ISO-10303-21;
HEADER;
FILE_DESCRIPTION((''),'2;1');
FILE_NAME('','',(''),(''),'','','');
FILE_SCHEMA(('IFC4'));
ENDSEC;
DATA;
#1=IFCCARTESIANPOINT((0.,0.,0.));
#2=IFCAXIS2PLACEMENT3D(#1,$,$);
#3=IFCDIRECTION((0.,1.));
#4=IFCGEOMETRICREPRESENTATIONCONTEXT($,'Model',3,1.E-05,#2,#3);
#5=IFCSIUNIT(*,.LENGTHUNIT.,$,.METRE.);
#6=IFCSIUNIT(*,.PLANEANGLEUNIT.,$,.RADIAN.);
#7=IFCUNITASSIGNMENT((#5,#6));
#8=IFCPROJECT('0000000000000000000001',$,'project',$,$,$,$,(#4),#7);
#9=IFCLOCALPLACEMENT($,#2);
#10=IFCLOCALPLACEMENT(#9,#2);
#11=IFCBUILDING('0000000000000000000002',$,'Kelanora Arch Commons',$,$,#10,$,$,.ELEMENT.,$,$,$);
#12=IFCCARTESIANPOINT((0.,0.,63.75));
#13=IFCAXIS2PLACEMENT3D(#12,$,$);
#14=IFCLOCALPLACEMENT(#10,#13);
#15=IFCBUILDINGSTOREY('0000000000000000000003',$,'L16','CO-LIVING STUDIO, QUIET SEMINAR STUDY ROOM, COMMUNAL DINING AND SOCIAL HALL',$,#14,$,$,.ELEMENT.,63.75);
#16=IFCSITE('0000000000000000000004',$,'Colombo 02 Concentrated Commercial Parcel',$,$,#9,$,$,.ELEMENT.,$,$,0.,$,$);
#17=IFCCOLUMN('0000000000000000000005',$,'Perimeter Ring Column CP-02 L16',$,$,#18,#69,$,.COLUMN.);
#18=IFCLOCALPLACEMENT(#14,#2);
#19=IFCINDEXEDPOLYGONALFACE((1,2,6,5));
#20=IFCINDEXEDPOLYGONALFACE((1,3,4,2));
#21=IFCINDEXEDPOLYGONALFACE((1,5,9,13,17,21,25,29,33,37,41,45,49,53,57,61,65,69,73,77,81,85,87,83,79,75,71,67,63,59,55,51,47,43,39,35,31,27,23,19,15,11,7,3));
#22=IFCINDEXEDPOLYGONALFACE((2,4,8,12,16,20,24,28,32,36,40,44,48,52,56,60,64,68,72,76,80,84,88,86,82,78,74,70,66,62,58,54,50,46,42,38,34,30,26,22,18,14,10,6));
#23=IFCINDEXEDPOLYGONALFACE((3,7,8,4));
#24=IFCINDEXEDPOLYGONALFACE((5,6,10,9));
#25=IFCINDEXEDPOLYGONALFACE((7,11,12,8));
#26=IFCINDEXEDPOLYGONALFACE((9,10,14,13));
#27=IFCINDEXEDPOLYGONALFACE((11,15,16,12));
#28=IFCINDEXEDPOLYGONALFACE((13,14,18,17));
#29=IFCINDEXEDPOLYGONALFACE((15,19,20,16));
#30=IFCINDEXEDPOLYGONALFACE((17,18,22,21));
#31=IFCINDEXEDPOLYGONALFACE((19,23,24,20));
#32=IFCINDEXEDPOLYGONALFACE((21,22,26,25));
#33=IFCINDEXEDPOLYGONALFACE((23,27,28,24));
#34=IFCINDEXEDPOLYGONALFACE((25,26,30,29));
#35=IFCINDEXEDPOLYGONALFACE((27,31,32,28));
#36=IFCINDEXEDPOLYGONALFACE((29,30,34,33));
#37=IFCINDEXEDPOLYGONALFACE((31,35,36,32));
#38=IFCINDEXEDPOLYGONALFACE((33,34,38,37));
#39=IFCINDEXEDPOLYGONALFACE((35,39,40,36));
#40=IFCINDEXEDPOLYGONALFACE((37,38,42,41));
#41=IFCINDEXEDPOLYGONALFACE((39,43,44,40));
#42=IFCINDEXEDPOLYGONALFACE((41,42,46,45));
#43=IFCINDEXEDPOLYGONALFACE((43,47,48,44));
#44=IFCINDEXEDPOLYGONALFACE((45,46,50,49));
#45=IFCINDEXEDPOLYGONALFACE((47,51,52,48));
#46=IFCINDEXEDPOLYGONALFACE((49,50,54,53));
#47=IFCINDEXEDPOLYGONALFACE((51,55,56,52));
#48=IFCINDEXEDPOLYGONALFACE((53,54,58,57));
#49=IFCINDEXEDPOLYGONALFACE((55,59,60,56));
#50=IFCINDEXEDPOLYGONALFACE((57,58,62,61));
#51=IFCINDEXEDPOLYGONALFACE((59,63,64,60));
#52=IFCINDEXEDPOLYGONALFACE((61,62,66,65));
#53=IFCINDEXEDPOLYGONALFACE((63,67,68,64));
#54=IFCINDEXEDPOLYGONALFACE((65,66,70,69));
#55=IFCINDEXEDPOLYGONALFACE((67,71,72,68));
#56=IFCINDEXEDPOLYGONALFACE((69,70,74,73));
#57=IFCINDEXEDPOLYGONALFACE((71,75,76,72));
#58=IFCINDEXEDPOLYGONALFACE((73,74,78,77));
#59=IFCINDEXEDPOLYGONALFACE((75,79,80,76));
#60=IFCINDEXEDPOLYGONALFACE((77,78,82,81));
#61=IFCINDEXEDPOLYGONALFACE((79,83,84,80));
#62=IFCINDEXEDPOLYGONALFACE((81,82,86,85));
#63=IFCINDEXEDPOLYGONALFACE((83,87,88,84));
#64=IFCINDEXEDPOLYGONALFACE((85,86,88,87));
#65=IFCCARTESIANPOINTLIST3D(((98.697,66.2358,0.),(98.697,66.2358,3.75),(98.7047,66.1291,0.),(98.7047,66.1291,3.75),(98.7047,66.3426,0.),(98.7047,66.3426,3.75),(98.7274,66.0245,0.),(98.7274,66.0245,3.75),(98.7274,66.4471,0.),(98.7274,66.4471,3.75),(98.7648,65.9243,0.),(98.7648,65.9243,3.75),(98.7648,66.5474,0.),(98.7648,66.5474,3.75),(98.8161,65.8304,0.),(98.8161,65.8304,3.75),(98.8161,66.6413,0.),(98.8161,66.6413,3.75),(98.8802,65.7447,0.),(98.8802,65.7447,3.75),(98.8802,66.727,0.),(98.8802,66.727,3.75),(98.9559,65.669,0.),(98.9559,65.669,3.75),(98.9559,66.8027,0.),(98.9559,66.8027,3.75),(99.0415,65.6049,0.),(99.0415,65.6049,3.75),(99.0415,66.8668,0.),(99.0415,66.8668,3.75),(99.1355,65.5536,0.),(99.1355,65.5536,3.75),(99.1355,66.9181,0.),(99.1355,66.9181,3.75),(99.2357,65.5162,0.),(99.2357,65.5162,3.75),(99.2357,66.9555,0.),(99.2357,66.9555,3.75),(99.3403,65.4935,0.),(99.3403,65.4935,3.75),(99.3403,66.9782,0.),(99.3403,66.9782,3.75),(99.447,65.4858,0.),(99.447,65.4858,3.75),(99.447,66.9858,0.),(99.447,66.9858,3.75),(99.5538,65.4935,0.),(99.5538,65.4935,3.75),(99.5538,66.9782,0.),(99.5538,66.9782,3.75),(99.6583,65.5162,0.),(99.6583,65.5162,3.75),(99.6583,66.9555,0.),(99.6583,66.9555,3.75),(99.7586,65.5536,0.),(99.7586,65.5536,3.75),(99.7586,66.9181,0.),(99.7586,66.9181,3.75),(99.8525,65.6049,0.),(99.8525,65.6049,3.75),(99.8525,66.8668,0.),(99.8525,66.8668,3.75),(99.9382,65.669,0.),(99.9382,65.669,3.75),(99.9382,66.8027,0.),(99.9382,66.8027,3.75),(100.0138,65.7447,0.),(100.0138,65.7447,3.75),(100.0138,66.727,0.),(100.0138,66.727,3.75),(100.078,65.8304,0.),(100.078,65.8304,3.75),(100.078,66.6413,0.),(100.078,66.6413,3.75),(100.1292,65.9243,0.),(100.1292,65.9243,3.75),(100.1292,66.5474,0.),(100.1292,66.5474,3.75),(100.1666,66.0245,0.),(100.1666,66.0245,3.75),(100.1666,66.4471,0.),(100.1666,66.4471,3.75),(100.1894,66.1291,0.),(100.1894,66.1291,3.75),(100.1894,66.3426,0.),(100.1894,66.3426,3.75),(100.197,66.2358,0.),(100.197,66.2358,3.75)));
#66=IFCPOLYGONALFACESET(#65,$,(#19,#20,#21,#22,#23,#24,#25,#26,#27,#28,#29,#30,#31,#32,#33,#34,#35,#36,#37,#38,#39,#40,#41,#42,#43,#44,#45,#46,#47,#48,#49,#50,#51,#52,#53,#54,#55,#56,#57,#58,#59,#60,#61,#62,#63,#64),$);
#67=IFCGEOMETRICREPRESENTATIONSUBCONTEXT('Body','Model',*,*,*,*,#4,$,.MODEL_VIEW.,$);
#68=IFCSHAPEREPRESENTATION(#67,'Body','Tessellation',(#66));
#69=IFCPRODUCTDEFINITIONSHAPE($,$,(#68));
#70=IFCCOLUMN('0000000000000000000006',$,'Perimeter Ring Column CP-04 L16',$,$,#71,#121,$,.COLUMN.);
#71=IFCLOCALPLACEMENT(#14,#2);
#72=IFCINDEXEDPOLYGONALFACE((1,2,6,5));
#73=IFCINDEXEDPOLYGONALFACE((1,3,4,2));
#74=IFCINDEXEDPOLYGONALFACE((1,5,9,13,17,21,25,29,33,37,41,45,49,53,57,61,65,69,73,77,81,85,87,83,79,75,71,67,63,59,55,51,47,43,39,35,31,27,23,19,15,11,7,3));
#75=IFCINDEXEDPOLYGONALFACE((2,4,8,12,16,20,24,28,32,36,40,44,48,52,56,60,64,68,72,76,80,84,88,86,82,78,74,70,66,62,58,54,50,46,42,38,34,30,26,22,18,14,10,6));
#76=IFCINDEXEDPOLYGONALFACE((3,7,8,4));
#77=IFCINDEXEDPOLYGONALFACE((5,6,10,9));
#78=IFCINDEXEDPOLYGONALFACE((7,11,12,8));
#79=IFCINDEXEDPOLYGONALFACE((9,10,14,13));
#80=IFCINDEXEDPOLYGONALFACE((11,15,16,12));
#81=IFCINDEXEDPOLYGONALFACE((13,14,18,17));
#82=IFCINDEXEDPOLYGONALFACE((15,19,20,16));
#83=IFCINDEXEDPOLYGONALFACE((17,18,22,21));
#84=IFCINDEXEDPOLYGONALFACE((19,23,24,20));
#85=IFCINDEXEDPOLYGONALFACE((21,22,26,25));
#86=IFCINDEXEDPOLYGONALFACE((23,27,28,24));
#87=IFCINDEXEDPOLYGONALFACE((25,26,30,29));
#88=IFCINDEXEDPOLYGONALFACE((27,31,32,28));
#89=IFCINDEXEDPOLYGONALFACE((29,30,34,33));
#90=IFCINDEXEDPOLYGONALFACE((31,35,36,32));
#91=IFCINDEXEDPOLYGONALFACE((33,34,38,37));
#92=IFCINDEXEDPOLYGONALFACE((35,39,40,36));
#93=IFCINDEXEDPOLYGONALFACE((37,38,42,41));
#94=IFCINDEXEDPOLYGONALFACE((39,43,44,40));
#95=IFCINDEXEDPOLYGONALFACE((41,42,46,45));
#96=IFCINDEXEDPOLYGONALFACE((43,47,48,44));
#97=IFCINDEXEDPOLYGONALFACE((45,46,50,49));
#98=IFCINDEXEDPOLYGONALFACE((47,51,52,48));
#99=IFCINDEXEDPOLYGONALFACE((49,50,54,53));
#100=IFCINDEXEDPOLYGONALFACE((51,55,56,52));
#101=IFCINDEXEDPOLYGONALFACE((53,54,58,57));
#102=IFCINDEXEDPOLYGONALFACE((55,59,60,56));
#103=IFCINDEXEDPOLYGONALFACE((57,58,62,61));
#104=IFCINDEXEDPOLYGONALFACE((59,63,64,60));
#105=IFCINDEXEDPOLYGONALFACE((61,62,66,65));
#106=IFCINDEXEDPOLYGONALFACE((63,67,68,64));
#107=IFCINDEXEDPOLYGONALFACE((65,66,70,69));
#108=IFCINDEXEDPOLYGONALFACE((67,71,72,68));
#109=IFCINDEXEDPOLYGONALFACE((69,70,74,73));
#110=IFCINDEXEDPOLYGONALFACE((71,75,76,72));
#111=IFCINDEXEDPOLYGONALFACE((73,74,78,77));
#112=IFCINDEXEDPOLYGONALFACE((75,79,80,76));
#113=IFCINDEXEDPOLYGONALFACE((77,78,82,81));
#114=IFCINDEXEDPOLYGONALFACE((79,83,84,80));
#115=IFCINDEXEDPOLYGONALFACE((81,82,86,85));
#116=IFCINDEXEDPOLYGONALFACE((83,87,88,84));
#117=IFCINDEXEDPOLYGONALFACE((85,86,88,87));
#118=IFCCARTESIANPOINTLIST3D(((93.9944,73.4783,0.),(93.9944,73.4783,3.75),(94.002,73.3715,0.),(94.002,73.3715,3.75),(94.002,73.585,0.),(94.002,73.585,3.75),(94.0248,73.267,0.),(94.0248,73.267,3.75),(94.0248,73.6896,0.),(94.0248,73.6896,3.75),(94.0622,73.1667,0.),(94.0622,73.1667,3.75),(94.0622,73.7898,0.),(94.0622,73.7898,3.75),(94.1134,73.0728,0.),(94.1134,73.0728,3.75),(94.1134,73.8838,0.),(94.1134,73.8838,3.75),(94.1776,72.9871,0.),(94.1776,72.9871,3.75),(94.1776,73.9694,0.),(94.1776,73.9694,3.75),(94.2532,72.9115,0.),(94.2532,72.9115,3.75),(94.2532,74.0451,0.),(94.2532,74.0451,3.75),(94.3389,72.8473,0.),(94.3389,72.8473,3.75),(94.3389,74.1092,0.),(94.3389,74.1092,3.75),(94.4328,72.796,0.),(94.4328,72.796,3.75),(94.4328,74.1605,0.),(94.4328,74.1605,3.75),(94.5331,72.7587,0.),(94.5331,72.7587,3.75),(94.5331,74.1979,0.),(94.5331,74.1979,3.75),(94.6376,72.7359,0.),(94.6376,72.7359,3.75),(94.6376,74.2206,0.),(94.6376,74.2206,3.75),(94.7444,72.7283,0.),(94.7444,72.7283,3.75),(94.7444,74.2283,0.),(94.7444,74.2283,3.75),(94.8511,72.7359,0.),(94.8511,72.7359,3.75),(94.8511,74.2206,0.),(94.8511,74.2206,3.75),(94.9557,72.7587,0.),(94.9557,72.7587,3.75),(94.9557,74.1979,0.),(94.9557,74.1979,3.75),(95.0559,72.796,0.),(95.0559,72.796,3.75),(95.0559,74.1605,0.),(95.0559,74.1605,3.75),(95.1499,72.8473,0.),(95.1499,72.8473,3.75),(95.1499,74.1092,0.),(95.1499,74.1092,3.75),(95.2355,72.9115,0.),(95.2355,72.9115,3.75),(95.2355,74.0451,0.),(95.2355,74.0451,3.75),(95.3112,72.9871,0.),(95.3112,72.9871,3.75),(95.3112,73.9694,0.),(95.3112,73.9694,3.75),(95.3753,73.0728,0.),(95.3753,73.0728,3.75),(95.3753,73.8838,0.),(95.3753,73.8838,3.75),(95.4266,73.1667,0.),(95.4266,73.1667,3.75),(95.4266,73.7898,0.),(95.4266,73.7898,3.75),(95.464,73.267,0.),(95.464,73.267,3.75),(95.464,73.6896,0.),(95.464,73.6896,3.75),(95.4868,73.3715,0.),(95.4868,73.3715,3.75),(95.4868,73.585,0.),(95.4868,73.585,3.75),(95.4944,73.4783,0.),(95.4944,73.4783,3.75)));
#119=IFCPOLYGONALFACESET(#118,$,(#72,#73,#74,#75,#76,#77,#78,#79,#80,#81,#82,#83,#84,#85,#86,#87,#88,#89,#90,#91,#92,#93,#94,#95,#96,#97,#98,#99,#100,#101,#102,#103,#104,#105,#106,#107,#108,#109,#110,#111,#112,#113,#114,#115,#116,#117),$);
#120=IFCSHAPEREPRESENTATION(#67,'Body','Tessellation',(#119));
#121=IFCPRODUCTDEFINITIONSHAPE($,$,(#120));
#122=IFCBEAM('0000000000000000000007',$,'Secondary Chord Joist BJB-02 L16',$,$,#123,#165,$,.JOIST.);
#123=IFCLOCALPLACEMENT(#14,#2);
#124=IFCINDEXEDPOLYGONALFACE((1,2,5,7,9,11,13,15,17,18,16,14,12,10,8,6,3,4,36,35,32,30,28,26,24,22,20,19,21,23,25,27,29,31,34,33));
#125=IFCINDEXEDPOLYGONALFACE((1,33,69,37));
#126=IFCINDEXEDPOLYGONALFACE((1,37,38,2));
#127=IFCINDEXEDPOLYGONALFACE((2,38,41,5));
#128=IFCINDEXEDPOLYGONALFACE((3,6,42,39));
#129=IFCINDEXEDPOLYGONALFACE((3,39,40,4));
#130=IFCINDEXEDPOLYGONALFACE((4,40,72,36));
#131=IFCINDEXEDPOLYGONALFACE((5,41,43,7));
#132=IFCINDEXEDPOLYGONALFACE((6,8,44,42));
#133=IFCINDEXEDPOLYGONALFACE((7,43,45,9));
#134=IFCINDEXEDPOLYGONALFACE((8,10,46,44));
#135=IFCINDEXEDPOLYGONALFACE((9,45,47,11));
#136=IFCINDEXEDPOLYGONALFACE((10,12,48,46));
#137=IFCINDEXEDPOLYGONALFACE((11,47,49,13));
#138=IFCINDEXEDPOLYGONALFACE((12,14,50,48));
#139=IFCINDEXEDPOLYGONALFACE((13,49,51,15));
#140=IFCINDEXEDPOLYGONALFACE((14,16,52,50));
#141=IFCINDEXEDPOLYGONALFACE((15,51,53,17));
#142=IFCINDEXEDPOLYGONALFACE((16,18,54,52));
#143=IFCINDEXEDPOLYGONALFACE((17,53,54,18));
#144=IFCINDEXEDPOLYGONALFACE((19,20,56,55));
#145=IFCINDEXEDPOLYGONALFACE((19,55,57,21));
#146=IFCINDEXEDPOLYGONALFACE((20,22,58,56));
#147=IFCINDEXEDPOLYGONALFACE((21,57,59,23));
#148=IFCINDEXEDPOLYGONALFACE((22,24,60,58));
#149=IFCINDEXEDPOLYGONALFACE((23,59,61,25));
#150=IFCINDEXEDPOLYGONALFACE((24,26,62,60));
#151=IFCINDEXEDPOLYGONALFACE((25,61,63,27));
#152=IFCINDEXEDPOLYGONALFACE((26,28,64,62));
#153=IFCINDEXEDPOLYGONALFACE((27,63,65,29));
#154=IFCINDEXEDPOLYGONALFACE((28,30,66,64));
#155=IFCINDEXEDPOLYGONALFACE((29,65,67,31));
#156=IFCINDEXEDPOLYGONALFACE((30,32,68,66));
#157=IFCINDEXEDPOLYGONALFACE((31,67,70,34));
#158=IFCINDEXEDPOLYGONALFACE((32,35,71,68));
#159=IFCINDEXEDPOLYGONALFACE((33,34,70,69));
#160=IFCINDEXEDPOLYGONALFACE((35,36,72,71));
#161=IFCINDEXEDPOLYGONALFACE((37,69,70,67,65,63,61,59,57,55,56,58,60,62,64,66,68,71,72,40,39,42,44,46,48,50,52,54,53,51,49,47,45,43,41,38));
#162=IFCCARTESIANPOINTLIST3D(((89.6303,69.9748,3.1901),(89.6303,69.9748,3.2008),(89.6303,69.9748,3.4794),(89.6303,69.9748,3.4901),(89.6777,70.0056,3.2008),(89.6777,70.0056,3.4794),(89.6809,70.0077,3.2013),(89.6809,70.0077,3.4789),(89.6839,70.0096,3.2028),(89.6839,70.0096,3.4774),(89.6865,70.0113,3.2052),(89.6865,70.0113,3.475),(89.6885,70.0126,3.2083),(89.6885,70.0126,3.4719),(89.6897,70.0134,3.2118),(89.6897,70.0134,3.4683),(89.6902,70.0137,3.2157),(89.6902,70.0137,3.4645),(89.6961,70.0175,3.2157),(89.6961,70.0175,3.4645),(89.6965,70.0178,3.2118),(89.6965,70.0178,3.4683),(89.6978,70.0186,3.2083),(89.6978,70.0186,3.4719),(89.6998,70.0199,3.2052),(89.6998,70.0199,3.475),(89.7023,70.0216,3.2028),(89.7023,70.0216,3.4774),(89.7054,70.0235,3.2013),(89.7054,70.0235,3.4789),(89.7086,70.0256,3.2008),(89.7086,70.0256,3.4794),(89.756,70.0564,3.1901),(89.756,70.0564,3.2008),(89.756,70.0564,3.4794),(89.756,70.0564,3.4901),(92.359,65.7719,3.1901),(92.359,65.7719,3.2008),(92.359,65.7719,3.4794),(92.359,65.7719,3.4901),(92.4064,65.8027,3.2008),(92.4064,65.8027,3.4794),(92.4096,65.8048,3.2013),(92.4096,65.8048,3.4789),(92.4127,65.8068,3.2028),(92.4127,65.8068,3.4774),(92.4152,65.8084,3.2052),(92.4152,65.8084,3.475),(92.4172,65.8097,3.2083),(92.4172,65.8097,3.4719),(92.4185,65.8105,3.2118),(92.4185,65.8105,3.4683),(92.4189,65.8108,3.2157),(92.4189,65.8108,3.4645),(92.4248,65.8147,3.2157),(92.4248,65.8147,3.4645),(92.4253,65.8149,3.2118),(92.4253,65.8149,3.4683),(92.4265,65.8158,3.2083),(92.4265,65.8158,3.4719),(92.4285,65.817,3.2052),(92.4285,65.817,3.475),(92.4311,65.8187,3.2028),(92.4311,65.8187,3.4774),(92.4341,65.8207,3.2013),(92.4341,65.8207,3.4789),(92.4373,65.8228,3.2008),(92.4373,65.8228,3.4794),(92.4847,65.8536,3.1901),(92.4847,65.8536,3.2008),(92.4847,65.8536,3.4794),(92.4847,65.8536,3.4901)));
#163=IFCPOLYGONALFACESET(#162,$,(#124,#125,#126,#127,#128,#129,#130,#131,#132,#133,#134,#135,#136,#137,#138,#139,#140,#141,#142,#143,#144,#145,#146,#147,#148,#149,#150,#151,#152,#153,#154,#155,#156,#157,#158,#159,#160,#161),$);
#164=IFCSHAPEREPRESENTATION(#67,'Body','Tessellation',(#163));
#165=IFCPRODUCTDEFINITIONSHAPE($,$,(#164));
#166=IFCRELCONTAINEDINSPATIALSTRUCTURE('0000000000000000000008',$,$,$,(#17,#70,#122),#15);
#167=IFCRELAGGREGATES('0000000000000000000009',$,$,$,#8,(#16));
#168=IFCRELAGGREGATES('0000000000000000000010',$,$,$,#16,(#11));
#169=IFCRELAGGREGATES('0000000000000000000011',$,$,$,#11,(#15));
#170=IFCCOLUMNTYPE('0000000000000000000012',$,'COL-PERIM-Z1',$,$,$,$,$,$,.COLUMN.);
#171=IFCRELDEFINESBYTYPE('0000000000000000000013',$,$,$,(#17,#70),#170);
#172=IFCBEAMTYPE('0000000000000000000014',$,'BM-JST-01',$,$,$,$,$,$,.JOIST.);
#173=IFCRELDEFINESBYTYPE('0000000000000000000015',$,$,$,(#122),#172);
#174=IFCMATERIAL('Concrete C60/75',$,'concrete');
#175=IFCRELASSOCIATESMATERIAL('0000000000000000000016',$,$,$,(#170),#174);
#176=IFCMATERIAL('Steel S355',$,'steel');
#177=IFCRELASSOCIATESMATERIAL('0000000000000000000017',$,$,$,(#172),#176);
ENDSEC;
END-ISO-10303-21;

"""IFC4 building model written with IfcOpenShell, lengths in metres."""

from ifc_helpers import new_model, si_unit, direction, frame, origin, origin_2d, place, context, subcontext, project, spatial, circle, i_section, extrude, material, material_profile, profile_set, type_object, element, save


model = new_model("IFC4")

# Units and contexts
model_context = context("Model", 3, precision=1e-05, world=origin(), true_north=direction((0.0, 1.0)))
body_context = subcontext(model_context, "Body", "Model", "MODEL_VIEW")
ifc_project = project(units=[si_unit("LENGTHUNIT", "METRE"), si_unit("PLANEANGLEUNIT", "RADIAN")], contexts=[model_context])

# Site, building, storey
site_placement = place(None, origin())
site = spatial("IfcSite", under=ifc_project, at=site_placement, Name="Colombo 02 Concentrated Commercial Parcel", CompositionType="ELEMENT", RefElevation=0.0)
building_placement = place(site_placement, origin())
building = spatial("IfcBuilding", under=site, at=building_placement, Name="Kelanora Arch Commons", CompositionType="ELEMENT")
storey_placement = place(building_placement, frame((0.0, 0.0, 63.75)))
storey = spatial("IfcBuildingStorey", under=building, at=storey_placement, Name="L16", Description="CO-LIVING STUDIO, QUIET SEMINAR STUDY ROOM, COMMUNAL DINING AND SOCIAL HALL", CompositionType="ELEMENT", Elevation=63.75)

# Columns
ifc_material_1 = material(Name="Concrete C60/75", Category="concrete")
ifc_material_profile_1 = material_profile(ifc_material_1, circle(Radius=0.75, at=origin_2d()), Name="RCC1500")
ifc_profile_set_1 = profile_set([ifc_material_profile_1], Name="Concrete C60/75")
column_type = type_object("IfcColumnType", Name="COL-PERIM-Z1", PredefinedType="COLUMN", material=ifc_profile_set_1)
for number, where, z_axis, x_axis, name in (
    (1, (99.447, 66.2358, 0.0), (0.0, 0.0, 1.0), (1.0, 0.0, 0.0), "Perimeter Ring Column CP-02 L16"),
    (2, (94.7444, 73.4783, 0.0), (0.0, 0.0, 1.0), (1.0, 0.0, 0.0), "Perimeter Ring Column CP-04 L16"),
):
    element("IfcColumn", number, at=place(storey_placement, frame(where, z_axis=z_axis, x_axis=x_axis)), inside=storey, type_object=column_type, Name=name, PredefinedType="COLUMN", context=body_context, shape_type="SweptSolid", body=[
        extrude(circle(Radius=0.75, at=origin_2d()), origin(), (0.0, 0.0, 1.0), 3.75),
    ])

# Beam
ifc_material_2 = material(Name="Steel S355", Category="steel")
ifc_material_profile_2 = material_profile(ifc_material_2, i_section(OverallWidth=0.1499, OverallDepth=0.3, WebThickness=0.0071, FlangeThickness=0.0107, FilletRadius=0.0149, at=origin_2d()), Name="IPE300")
ifc_profile_set_2 = profile_set([ifc_material_profile_2], Name="Steel S355")
beam_type_1 = type_object("IfcBeamType", Name="BM-JST-01", PredefinedType="JOIST", material=ifc_profile_set_2)
beam_1_placement = place(storey_placement, frame((92.4219, 65.8127, 3.3401), z_axis=(-0.544552, 0.838727, 0.0), x_axis=(-0.838727, -0.544552, 0.0)))
element("IfcBeam", 3, at=beam_1_placement, inside=storey, type_object=beam_type_1, Name="Secondary Chord Joist BJB-02 L16", PredefinedType="JOIST", context=body_context, shape_type="SweptSolid", body=[
    extrude(i_section(OverallWidth=0.1499, OverallDepth=0.3, WebThickness=0.0071, FlangeThickness=0.0107, FilletRadius=0.0149, at=origin_2d()), origin(), (0.0, 0.0, 1.0), 5.011),
])

save(model, "model.ifc")
